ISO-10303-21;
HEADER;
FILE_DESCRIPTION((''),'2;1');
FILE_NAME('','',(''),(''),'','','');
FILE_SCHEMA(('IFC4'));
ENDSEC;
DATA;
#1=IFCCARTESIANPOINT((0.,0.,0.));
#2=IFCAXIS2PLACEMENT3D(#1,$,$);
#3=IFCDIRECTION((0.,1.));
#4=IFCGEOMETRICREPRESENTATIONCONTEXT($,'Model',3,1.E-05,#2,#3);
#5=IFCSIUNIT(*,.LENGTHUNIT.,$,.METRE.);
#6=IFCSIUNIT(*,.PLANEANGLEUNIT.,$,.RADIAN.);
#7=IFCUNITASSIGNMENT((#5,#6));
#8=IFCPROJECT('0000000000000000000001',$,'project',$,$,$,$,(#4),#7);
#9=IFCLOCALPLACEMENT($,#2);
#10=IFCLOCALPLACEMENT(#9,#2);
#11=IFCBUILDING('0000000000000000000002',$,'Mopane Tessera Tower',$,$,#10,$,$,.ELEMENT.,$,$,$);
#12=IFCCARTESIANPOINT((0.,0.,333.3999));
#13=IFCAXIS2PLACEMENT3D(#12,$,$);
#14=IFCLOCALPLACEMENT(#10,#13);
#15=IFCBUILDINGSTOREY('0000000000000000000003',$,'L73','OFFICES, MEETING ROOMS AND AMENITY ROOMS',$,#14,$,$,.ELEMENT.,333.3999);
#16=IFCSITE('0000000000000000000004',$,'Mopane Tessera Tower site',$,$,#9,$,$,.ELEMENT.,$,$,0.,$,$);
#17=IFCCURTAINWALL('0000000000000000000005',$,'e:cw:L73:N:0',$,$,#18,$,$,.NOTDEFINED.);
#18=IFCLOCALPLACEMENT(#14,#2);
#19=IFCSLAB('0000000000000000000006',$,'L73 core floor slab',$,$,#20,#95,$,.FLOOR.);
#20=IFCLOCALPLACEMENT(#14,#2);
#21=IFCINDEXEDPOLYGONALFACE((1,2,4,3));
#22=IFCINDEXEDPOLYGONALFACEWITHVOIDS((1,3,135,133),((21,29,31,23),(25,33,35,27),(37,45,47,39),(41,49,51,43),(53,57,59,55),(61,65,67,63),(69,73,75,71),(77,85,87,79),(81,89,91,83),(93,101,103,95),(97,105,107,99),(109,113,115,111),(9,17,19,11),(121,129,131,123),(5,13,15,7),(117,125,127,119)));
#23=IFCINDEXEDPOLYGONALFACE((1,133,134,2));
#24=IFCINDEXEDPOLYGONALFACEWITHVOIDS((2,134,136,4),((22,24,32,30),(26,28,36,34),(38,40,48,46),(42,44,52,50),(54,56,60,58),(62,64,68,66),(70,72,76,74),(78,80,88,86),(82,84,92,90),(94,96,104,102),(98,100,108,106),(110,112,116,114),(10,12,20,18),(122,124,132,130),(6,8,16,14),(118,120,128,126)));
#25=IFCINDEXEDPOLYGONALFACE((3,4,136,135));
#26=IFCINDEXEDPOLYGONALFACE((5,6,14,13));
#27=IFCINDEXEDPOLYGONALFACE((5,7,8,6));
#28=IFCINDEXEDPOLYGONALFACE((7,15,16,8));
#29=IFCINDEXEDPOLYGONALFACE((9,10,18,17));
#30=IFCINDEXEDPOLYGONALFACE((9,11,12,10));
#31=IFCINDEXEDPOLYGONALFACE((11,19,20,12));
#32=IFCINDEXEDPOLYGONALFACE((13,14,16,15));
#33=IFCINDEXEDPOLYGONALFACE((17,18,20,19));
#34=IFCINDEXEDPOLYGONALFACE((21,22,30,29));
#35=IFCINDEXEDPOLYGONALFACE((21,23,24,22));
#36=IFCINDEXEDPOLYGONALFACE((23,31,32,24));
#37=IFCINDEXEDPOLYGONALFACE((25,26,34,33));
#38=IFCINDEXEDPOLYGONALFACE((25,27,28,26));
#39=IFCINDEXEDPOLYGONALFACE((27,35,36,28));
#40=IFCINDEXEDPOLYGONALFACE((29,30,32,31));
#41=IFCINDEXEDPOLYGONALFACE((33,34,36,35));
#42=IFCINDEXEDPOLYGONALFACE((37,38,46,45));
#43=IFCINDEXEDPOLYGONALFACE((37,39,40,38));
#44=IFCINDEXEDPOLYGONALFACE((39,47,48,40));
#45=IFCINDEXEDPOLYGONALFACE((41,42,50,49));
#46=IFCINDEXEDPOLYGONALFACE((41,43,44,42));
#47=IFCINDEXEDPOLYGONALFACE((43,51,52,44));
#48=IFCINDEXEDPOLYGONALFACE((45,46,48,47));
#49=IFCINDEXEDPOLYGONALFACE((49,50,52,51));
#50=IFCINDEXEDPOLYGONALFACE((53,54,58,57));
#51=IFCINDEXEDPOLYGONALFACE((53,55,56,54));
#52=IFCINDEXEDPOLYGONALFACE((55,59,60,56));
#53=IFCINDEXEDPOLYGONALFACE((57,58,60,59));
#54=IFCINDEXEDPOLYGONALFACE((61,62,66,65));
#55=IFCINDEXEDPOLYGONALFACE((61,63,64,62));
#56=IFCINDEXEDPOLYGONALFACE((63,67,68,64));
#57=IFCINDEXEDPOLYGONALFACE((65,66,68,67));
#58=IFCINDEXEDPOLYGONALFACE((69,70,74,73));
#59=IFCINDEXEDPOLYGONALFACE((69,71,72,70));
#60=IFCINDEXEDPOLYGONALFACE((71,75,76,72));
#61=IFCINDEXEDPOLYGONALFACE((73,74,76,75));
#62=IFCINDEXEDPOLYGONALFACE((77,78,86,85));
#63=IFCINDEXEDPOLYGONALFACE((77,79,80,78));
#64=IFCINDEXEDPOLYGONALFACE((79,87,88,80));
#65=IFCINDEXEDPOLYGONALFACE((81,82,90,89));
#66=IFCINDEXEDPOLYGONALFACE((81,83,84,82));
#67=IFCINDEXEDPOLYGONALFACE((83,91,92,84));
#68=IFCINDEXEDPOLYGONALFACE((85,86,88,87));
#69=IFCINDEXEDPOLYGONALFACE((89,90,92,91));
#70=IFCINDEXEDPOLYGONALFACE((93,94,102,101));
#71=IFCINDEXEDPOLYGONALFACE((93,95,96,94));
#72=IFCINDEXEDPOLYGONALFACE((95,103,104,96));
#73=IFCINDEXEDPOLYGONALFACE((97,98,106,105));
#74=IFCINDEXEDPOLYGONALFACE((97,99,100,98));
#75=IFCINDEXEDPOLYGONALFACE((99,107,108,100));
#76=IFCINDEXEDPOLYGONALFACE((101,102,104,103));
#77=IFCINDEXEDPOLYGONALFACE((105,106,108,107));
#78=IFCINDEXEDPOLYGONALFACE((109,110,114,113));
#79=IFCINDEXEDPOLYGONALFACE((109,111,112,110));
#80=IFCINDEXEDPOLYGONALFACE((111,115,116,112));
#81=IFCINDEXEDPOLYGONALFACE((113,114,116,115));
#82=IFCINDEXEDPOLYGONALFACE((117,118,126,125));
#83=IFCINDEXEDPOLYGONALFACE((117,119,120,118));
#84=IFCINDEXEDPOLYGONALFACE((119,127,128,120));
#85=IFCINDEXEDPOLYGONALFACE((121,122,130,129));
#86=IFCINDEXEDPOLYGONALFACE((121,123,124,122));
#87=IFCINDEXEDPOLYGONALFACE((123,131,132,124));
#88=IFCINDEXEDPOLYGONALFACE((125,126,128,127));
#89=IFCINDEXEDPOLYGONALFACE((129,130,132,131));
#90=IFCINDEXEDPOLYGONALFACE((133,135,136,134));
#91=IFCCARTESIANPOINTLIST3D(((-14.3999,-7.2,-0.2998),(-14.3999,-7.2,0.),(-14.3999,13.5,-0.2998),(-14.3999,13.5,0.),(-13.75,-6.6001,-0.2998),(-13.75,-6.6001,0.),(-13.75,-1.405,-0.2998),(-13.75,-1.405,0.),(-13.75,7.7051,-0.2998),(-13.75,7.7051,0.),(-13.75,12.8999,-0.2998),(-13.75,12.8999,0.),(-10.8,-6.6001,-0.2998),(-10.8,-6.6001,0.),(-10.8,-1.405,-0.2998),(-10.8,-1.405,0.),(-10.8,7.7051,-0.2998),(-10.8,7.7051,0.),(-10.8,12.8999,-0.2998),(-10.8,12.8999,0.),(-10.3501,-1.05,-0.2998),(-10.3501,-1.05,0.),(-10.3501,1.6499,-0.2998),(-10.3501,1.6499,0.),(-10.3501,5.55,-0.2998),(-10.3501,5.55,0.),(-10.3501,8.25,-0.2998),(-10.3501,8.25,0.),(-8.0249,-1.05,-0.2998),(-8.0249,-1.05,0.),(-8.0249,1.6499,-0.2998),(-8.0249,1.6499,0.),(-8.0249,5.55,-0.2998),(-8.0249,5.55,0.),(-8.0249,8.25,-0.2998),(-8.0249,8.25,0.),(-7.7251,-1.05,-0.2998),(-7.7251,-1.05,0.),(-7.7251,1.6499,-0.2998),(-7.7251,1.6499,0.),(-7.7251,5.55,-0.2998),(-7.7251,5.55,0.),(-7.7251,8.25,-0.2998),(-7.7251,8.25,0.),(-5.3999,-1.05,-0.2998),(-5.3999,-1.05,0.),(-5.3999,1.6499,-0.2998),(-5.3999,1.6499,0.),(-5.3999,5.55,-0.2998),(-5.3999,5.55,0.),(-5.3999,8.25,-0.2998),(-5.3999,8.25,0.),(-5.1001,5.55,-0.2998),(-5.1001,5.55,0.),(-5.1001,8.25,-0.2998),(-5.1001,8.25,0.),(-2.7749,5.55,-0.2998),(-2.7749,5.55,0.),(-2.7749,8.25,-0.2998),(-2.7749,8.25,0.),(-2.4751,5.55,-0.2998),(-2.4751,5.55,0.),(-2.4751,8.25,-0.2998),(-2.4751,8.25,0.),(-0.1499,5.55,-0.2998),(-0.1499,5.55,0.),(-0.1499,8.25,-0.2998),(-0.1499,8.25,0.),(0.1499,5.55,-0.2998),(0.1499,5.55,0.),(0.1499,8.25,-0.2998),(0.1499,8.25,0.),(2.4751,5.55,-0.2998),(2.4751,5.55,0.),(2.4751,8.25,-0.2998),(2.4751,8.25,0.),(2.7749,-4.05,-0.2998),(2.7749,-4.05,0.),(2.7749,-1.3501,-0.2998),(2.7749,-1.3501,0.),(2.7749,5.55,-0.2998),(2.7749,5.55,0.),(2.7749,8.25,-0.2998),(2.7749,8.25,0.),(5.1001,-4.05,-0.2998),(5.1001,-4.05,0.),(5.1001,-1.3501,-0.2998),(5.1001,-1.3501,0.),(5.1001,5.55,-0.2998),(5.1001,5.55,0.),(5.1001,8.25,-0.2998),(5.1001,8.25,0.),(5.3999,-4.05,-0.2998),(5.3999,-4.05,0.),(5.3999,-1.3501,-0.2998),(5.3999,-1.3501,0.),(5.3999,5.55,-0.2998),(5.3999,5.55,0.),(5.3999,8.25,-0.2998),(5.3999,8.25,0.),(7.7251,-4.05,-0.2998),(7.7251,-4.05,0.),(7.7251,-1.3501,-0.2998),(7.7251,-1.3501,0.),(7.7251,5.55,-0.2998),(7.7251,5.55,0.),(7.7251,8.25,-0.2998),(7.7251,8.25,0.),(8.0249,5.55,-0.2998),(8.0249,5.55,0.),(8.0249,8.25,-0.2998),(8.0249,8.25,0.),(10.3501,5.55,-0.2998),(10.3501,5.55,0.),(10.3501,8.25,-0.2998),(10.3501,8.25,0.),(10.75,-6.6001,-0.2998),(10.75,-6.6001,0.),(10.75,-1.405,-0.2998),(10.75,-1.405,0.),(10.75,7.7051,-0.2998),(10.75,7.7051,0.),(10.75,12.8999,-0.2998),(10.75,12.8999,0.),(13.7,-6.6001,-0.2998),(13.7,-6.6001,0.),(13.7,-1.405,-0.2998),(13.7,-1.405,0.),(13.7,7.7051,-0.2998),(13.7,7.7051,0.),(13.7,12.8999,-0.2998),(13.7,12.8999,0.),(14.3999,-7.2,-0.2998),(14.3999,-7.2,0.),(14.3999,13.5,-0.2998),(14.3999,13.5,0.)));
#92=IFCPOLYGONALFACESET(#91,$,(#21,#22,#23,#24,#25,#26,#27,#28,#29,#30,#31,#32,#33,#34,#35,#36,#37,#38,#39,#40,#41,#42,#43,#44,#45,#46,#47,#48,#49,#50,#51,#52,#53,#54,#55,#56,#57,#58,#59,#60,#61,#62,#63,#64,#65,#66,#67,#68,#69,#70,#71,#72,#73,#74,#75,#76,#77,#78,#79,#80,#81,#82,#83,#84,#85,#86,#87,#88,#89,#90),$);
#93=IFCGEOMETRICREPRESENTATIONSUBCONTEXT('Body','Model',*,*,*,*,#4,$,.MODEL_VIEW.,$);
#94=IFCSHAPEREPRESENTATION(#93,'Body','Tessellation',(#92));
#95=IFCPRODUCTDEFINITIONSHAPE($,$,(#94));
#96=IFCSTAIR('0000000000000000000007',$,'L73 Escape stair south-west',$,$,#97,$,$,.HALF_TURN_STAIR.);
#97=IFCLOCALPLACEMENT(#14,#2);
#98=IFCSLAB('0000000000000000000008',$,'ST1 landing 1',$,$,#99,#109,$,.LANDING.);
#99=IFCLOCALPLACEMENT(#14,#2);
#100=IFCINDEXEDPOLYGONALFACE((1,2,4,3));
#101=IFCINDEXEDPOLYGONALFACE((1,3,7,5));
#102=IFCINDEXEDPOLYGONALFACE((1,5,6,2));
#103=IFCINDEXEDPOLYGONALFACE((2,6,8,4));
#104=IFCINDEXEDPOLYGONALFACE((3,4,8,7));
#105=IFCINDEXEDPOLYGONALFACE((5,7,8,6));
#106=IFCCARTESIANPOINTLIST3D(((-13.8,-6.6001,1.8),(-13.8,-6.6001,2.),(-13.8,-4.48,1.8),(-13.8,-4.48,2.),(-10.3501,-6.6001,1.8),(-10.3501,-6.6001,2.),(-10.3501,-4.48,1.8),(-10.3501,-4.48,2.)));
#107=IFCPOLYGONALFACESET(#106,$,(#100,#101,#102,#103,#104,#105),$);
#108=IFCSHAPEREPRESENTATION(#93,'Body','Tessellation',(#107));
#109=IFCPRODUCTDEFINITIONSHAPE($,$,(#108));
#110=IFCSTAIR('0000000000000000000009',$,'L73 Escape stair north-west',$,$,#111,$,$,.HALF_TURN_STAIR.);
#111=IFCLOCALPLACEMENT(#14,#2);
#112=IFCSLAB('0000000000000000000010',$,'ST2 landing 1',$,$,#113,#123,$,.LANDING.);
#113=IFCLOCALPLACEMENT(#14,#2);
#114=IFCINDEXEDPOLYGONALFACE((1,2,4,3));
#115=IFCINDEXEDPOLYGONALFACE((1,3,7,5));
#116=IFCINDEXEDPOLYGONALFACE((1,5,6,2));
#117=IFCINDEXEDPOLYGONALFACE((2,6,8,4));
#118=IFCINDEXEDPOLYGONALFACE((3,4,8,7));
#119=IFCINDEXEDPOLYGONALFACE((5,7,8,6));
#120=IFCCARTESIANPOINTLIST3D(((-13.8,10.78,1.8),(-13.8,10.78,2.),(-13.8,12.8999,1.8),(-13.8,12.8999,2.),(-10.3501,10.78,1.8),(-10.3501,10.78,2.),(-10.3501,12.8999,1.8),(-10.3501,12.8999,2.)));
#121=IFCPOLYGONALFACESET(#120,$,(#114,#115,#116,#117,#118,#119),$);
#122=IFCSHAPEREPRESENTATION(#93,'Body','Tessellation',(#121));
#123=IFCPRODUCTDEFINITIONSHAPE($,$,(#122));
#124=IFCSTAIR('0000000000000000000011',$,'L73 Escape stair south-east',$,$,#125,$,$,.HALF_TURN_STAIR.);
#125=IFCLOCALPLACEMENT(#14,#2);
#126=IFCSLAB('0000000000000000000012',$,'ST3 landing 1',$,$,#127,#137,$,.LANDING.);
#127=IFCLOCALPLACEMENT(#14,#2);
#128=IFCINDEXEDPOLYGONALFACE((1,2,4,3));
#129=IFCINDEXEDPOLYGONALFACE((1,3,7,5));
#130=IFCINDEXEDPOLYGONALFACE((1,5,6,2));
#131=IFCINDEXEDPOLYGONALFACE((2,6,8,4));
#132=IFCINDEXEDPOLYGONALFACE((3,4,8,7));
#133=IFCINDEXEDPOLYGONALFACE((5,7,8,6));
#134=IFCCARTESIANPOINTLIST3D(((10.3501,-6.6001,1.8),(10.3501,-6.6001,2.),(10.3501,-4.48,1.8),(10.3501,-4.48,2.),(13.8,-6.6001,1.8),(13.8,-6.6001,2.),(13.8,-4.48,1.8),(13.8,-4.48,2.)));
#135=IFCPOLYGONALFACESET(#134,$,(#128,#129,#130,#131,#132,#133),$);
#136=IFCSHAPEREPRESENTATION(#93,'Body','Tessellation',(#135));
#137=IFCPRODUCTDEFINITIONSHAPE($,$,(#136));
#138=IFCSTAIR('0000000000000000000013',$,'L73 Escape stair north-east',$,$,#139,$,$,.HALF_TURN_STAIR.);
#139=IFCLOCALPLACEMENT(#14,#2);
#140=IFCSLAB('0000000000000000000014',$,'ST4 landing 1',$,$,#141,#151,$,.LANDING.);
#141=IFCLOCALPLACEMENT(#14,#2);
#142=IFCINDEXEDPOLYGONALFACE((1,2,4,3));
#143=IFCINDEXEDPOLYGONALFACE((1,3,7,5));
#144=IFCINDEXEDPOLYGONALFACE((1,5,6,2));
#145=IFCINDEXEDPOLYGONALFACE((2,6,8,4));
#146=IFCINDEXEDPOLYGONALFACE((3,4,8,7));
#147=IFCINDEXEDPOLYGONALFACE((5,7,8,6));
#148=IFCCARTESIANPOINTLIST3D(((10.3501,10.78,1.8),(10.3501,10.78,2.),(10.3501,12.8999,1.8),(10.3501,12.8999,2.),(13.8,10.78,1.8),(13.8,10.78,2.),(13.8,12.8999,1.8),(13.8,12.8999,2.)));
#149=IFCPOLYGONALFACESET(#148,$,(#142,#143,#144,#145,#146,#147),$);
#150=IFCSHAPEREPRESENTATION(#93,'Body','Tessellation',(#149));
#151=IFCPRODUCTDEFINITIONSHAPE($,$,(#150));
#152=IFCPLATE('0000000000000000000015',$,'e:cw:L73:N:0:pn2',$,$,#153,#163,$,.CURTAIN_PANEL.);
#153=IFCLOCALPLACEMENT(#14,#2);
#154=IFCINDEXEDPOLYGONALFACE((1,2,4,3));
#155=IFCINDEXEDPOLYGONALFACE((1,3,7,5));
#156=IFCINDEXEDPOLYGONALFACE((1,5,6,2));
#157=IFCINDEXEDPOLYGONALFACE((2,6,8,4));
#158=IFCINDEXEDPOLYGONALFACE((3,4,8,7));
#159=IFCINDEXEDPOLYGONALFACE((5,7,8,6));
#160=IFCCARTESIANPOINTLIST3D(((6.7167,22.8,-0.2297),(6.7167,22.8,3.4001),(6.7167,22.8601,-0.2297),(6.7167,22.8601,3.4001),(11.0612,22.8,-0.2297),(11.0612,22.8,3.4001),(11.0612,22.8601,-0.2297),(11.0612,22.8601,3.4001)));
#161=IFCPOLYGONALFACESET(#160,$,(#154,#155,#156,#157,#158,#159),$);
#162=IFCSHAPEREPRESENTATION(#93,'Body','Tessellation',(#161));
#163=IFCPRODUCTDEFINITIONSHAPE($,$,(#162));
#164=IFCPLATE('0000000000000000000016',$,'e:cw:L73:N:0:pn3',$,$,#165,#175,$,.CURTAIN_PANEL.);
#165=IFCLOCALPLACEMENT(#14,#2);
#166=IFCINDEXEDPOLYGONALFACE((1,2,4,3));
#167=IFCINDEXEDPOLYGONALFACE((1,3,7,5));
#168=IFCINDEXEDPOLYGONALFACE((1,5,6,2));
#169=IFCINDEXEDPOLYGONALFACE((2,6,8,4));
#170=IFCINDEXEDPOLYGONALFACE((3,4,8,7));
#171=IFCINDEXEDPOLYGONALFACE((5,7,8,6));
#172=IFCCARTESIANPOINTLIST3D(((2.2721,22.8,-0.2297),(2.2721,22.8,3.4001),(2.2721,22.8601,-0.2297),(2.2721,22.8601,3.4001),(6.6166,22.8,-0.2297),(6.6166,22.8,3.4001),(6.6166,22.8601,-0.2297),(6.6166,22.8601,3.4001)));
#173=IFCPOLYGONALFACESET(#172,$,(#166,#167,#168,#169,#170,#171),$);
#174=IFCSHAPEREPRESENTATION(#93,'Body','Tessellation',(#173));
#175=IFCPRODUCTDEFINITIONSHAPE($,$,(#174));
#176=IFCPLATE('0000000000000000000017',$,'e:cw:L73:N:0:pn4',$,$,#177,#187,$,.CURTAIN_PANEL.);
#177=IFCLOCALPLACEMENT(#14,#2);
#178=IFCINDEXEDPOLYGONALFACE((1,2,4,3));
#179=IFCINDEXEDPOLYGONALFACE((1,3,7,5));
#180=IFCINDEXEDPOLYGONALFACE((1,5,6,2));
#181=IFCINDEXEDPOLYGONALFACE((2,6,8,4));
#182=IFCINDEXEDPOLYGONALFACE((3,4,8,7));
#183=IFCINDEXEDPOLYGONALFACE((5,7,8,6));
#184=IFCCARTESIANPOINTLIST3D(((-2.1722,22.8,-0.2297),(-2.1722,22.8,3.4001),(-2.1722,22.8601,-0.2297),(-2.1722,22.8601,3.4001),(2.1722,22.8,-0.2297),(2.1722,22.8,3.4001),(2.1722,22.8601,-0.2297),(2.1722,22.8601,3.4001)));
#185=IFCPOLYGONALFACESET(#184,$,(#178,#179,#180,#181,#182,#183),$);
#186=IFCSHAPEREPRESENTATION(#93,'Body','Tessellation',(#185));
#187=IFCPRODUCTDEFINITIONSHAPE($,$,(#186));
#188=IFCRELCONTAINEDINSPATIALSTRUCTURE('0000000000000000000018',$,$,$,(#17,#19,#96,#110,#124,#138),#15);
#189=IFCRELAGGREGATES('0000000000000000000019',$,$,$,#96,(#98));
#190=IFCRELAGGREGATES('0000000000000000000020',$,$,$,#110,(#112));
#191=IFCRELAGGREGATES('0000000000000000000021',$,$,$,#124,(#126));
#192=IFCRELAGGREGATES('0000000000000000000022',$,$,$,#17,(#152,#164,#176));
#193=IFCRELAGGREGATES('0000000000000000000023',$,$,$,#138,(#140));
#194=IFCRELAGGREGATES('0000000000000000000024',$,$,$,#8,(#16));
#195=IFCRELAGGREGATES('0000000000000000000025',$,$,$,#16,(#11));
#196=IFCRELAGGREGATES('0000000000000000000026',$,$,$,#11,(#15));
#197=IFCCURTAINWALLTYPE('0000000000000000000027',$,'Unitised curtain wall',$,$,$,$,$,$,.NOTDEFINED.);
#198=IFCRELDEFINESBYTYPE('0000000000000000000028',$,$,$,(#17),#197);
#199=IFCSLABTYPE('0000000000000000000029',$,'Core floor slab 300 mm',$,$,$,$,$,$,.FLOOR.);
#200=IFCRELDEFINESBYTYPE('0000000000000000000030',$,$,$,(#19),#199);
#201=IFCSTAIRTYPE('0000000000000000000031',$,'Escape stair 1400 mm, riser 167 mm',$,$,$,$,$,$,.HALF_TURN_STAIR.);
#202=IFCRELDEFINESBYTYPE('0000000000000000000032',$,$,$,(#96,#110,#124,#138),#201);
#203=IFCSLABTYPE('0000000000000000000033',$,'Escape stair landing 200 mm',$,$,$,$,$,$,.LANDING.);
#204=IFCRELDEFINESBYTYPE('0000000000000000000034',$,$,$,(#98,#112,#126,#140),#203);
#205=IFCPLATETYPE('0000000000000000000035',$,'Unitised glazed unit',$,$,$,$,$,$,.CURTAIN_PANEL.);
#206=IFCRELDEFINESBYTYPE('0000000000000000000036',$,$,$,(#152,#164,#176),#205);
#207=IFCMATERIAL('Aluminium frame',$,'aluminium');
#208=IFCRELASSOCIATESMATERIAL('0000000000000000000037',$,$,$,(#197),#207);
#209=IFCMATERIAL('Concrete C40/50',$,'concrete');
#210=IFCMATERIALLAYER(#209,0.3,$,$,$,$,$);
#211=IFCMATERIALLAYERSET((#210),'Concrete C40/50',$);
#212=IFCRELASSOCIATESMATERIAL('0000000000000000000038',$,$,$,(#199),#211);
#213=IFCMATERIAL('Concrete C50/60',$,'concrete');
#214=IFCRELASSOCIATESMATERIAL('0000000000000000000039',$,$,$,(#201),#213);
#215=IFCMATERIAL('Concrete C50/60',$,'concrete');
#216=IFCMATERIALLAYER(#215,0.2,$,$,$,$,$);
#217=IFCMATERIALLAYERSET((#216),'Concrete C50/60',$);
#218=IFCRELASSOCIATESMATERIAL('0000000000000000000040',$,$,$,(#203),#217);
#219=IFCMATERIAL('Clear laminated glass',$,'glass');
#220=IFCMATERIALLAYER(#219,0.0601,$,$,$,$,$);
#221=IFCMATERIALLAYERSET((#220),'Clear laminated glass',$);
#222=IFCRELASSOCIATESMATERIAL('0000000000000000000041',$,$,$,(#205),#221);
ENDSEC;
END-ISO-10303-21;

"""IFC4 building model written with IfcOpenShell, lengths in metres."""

from ifc_helpers import new_model, si_unit, direction, frame, origin, origin_2d, place, context, subcontext, project, spatial, polyline, rectangle, outline, extrude, material, layer, layer_set, type_object, element, aggregate, save


model = new_model("IFC4")

# Units and contexts
model_context = context("Model", 3, precision=1e-05, world=origin(), true_north=direction((0.0, 1.0)))
body_context = subcontext(model_context, "Body", "Model", "MODEL_VIEW")
ifc_project = project(units=[si_unit("LENGTHUNIT", "METRE"), si_unit("PLANEANGLEUNIT", "RADIAN")], contexts=[model_context])

# Site, building, storey
site_placement = place(None, origin())
site = spatial("IfcSite", under=ifc_project, at=site_placement, Name="Mopane Tessera Tower site", CompositionType="ELEMENT", RefElevation=0.0)
building_placement = place(site_placement, origin())
building = spatial("IfcBuilding", under=site, at=building_placement, Name="Mopane Tessera Tower", CompositionType="ELEMENT")
storey_placement = place(building_placement, frame((0.0, 0.0, 333.3999)))
storey = spatial("IfcBuildingStorey", under=building, at=storey_placement, Name="L73", Description="OFFICES, MEETING ROOMS AND AMENITY ROOMS", CompositionType="ELEMENT", Elevation=333.3999)

# Curtain wall
ifc_material_1 = material(Name="Aluminium frame", Category="aluminium")
curtain_wall_type = type_object("IfcCurtainWallType", Name="Unitised curtain wall", PredefinedType="NOTDEFINED", material=ifc_material_1)
curtain_wall_1_placement = place(storey_placement, origin())
curtain_wall_1 = element("IfcCurtainWall", 1, at=curtain_wall_1_placement, inside=storey, type_object=curtain_wall_type, Name="e:cw:L73:N:0", PredefinedType="NOTDEFINED")

# Slab
ifc_material_2 = material(Name="Concrete C40/50", Category="concrete")
ifc_layer_1 = layer(ifc_material_2, 0.3)
ifc_layer_set_1 = layer_set([ifc_layer_1], Name="Concrete C40/50")
slab_type_1 = type_object("IfcSlabType", Name="Core floor slab 300 mm", PredefinedType="FLOOR", material=ifc_layer_set_1)
slab_1_placement = place(storey_placement, frame((0.0, 0.0, -0.2998)))
element("IfcSlab", 2, at=slab_1_placement, inside=storey, type_object=slab_type_1, Name="L73 core floor slab", PredefinedType="FLOOR", context=body_context, shape_type="SweptSolid", body=[
    extrude(outline(polyline([(-14.3999, -7.2), (14.3999, -7.2), (14.3999, 13.5), (-14.3999, 13.5), (-14.3999, -7.2)]), holes=[polyline([(-10.3501, -1.05), (-8.0249, -1.05), (-8.0249, 1.6499), (-10.3501, 1.6499), (-10.3501, -1.05)]), polyline([(-7.7251, -1.05), (-5.3999, -1.05), (-5.3999, 1.6499), (-7.7251, 1.6499), (-7.7251, -1.05)]), polyline([(-10.3501, 5.55), (-8.0249, 5.55), (-8.0249, 8.25), (-10.3501, 8.25), (-10.3501, 5.55)]), polyline([(-7.7251, 5.55), (-5.3999, 5.55), (-5.3999, 8.25), (-7.7251, 8.25), (-7.7251, 5.55)]), polyline([(-5.1001, 5.55), (-2.7749, 5.55), (-2.7749, 8.25), (-5.1001, 8.25), (-5.1001, 5.55)]), polyline([(-2.4751, 5.55), (-0.1499, 5.55), (-0.1499, 8.25), (-2.4751, 8.25), (-2.4751, 5.55)]), polyline([(0.1499, 5.55), (2.4751, 5.55), (2.4751, 8.25), (0.1499, 8.25), (0.1499, 5.55)]), polyline([(2.7749, 5.55), (5.1001, 5.55), (5.1001, 8.25), (2.7749, 8.25), (2.7749, 5.55)]), polyline([(5.3999, 5.55), (7.7251, 5.55), (7.7251, 8.25), (5.3999, 8.25), (5.3999, 5.55)]), polyline([(8.0249, 5.55), (10.3501, 5.55), (10.3501, 8.25), (8.0249, 8.25), (8.0249, 5.55)]), polyline([(2.7749, -4.05), (5.1001, -4.05), (5.1001, -1.3501), (2.7749, -1.3501), (2.7749, -4.05)]), polyline([(5.3999, -4.05), (7.7251, -4.05), (7.7251, -1.3501), (5.3999, -1.3501), (5.3999, -4.05)]), polyline([(-13.75, -1.405), (-13.75, -6.6001), (-10.8, -6.6001), (-10.8, -1.405), (-13.75, -1.405)]), polyline([(-10.8, 7.7051), (-10.8, 12.8999), (-13.75, 12.8999), (-13.75, 7.7051), (-10.8, 7.7051)]), polyline([(10.75, -1.405), (10.75, -6.6001), (13.7, -6.6001), (13.7, -1.405), (10.75, -1.405)]), polyline([(13.7, 7.7051), (13.7, 12.8999), (10.75, 12.8999), (10.75, 7.7051), (13.7, 7.7051)])]), origin(), (0.0, 0.0, 1.0), 0.2998),
])

# Stairs, slabs
ifc_material_3 = material(Name="Concrete C50/60", Category="concrete")
stair_type = type_object("IfcStairType", Name="Escape stair 1400 mm, riser 167 mm", PredefinedType="HALF_TURN_STAIR", material=ifc_material_3)
stair_1_placement = place(storey_placement, origin())
stair_1 = element("IfcStair", 3, at=stair_1_placement, inside=storey, type_object=stair_type, Name="L73 Escape stair south-west", PredefinedType="HALF_TURN_STAIR")
ifc_material_4 = material(Name="Concrete C50/60", Category="concrete")
ifc_layer_2 = layer(ifc_material_4, 0.2)
ifc_layer_set_2 = layer_set([ifc_layer_2], Name="Concrete C50/60")
slab_type_2 = type_object("IfcSlabType", Name="Escape stair landing 200 mm", PredefinedType="LANDING", material=ifc_layer_set_2)
slab_2_placement = place(storey_placement, frame((0.0, 0.0, 1.8)))
slab_2 = element("IfcSlab", 4, at=slab_2_placement, type_object=slab_type_2, Name="ST1 landing 1", PredefinedType="LANDING", context=body_context, shape_type="SweptSolid", body=[
    extrude(outline(polyline([(-13.8, -4.48), (-13.8, -6.6001), (-10.3501, -6.6001), (-10.3501, -4.48), (-13.8, -4.48)])), origin(), (0.0, 0.0, 1.0), 0.2),
])
aggregate(stair_1, [slab_2])
stair_2_placement = place(storey_placement, origin())
stair_2 = element("IfcStair", 5, at=stair_2_placement, inside=storey, type_object=stair_type, Name="L73 Escape stair north-west", PredefinedType="HALF_TURN_STAIR")
slab_3_placement = place(storey_placement, frame((0.0, 0.0, 1.8)))
slab_3 = element("IfcSlab", 6, at=slab_3_placement, type_object=slab_type_2, Name="ST2 landing 1", PredefinedType="LANDING", context=body_context, shape_type="SweptSolid", body=[
    extrude(outline(polyline([(-10.3501, 10.78), (-10.3501, 12.8999), (-13.8, 12.8999), (-13.8, 10.78), (-10.3501, 10.78)])), origin(), (0.0, 0.0, 1.0), 0.2),
])
aggregate(stair_2, [slab_3])
stair_3_placement = place(storey_placement, origin())
stair_3 = element("IfcStair", 7, at=stair_3_placement, inside=storey, type_object=stair_type, Name="L73 Escape stair south-east", PredefinedType="HALF_TURN_STAIR")
slab_4_placement = place(storey_placement, frame((0.0, 0.0, 1.8)))
slab_4 = element("IfcSlab", 8, at=slab_4_placement, type_object=slab_type_2, Name="ST3 landing 1", PredefinedType="LANDING", context=body_context, shape_type="SweptSolid", body=[
    extrude(outline(polyline([(10.3501, -4.48), (10.3501, -6.6001), (13.8, -6.6001), (13.8, -4.48), (10.3501, -4.48)])), origin(), (0.0, 0.0, 1.0), 0.2),
])
aggregate(stair_3, [slab_4])
stair_4_placement = place(storey_placement, origin())
stair_4 = element("IfcStair", 9, at=stair_4_placement, inside=storey, type_object=stair_type, Name="L73 Escape stair north-east", PredefinedType="HALF_TURN_STAIR")
slab_5_placement = place(storey_placement, frame((0.0, 0.0, 1.8)))
slab_5 = element("IfcSlab", 10, at=slab_5_placement, type_object=slab_type_2, Name="ST4 landing 1", PredefinedType="LANDING", context=body_context, shape_type="SweptSolid", body=[
    extrude(outline(polyline([(13.8, 10.78), (13.8, 12.8999), (10.3501, 12.8999), (10.3501, 10.78), (13.8, 10.78)])), origin(), (0.0, 0.0, 1.0), 0.2),
])

# Plates
ifc_material_5 = material(Name="Clear laminated glass", Category="glass")
ifc_layer_3 = layer(ifc_material_5, 0.0601)
ifc_layer_set_3 = layer_set([ifc_layer_3], Name="Clear laminated glass")
plate_type = type_object("IfcPlateType", Name="Unitised glazed unit", PredefinedType="CURTAIN_PANEL", material=ifc_layer_set_3)
plate_1_placement = place(storey_placement, frame((8.8889, 22.8301, -0.2297), z_axis=(0.0, 0.0, 1.0), x_axis=(-1.0, 0.0, 0.0)))
plate_1 = element("IfcPlate", 11, at=plate_1_placement, type_object=plate_type, Name="e:cw:L73:N:0:pn2", PredefinedType="CURTAIN_PANEL", context=body_context, shape_type="SweptSolid", body=[
    extrude(rectangle(XDim=4.3445, YDim=0.0601, at=origin_2d()), origin(), (0.0, 0.0, 1.0), 3.6299),
])
plate_2_placement = place(storey_placement, frame((4.4443, 22.8301, -0.2297), z_axis=(0.0, 0.0, 1.0), x_axis=(-1.0, 0.0, 0.0)))
plate_2 = element("IfcPlate", 12, at=plate_2_placement, type_object=plate_type, Name="e:cw:L73:N:0:pn3", PredefinedType="CURTAIN_PANEL", context=body_context, shape_type="SweptSolid", body=[
    extrude(rectangle(XDim=4.3445, YDim=0.0601, at=origin_2d()), origin(), (0.0, 0.0, 1.0), 3.6299),
])
plate_3_placement = place(storey_placement, frame((0.0, 22.8301, -0.2297), z_axis=(0.0, 0.0, 1.0), x_axis=(-1.0, 0.0, 0.0)))
plate_3 = element("IfcPlate", 13, at=plate_3_placement, type_object=plate_type, Name="e:cw:L73:N:0:pn4", PredefinedType="CURTAIN_PANEL", context=body_context, shape_type="SweptSolid", body=[
    extrude(rectangle(XDim=4.3445, YDim=0.0601, at=origin_2d()), origin(), (0.0, 0.0, 1.0), 3.6299),
])
aggregate(curtain_wall_1, [plate_1, plate_2, plate_3])

aggregate(stair_4, [slab_5])

save(model, "model.ifc")
